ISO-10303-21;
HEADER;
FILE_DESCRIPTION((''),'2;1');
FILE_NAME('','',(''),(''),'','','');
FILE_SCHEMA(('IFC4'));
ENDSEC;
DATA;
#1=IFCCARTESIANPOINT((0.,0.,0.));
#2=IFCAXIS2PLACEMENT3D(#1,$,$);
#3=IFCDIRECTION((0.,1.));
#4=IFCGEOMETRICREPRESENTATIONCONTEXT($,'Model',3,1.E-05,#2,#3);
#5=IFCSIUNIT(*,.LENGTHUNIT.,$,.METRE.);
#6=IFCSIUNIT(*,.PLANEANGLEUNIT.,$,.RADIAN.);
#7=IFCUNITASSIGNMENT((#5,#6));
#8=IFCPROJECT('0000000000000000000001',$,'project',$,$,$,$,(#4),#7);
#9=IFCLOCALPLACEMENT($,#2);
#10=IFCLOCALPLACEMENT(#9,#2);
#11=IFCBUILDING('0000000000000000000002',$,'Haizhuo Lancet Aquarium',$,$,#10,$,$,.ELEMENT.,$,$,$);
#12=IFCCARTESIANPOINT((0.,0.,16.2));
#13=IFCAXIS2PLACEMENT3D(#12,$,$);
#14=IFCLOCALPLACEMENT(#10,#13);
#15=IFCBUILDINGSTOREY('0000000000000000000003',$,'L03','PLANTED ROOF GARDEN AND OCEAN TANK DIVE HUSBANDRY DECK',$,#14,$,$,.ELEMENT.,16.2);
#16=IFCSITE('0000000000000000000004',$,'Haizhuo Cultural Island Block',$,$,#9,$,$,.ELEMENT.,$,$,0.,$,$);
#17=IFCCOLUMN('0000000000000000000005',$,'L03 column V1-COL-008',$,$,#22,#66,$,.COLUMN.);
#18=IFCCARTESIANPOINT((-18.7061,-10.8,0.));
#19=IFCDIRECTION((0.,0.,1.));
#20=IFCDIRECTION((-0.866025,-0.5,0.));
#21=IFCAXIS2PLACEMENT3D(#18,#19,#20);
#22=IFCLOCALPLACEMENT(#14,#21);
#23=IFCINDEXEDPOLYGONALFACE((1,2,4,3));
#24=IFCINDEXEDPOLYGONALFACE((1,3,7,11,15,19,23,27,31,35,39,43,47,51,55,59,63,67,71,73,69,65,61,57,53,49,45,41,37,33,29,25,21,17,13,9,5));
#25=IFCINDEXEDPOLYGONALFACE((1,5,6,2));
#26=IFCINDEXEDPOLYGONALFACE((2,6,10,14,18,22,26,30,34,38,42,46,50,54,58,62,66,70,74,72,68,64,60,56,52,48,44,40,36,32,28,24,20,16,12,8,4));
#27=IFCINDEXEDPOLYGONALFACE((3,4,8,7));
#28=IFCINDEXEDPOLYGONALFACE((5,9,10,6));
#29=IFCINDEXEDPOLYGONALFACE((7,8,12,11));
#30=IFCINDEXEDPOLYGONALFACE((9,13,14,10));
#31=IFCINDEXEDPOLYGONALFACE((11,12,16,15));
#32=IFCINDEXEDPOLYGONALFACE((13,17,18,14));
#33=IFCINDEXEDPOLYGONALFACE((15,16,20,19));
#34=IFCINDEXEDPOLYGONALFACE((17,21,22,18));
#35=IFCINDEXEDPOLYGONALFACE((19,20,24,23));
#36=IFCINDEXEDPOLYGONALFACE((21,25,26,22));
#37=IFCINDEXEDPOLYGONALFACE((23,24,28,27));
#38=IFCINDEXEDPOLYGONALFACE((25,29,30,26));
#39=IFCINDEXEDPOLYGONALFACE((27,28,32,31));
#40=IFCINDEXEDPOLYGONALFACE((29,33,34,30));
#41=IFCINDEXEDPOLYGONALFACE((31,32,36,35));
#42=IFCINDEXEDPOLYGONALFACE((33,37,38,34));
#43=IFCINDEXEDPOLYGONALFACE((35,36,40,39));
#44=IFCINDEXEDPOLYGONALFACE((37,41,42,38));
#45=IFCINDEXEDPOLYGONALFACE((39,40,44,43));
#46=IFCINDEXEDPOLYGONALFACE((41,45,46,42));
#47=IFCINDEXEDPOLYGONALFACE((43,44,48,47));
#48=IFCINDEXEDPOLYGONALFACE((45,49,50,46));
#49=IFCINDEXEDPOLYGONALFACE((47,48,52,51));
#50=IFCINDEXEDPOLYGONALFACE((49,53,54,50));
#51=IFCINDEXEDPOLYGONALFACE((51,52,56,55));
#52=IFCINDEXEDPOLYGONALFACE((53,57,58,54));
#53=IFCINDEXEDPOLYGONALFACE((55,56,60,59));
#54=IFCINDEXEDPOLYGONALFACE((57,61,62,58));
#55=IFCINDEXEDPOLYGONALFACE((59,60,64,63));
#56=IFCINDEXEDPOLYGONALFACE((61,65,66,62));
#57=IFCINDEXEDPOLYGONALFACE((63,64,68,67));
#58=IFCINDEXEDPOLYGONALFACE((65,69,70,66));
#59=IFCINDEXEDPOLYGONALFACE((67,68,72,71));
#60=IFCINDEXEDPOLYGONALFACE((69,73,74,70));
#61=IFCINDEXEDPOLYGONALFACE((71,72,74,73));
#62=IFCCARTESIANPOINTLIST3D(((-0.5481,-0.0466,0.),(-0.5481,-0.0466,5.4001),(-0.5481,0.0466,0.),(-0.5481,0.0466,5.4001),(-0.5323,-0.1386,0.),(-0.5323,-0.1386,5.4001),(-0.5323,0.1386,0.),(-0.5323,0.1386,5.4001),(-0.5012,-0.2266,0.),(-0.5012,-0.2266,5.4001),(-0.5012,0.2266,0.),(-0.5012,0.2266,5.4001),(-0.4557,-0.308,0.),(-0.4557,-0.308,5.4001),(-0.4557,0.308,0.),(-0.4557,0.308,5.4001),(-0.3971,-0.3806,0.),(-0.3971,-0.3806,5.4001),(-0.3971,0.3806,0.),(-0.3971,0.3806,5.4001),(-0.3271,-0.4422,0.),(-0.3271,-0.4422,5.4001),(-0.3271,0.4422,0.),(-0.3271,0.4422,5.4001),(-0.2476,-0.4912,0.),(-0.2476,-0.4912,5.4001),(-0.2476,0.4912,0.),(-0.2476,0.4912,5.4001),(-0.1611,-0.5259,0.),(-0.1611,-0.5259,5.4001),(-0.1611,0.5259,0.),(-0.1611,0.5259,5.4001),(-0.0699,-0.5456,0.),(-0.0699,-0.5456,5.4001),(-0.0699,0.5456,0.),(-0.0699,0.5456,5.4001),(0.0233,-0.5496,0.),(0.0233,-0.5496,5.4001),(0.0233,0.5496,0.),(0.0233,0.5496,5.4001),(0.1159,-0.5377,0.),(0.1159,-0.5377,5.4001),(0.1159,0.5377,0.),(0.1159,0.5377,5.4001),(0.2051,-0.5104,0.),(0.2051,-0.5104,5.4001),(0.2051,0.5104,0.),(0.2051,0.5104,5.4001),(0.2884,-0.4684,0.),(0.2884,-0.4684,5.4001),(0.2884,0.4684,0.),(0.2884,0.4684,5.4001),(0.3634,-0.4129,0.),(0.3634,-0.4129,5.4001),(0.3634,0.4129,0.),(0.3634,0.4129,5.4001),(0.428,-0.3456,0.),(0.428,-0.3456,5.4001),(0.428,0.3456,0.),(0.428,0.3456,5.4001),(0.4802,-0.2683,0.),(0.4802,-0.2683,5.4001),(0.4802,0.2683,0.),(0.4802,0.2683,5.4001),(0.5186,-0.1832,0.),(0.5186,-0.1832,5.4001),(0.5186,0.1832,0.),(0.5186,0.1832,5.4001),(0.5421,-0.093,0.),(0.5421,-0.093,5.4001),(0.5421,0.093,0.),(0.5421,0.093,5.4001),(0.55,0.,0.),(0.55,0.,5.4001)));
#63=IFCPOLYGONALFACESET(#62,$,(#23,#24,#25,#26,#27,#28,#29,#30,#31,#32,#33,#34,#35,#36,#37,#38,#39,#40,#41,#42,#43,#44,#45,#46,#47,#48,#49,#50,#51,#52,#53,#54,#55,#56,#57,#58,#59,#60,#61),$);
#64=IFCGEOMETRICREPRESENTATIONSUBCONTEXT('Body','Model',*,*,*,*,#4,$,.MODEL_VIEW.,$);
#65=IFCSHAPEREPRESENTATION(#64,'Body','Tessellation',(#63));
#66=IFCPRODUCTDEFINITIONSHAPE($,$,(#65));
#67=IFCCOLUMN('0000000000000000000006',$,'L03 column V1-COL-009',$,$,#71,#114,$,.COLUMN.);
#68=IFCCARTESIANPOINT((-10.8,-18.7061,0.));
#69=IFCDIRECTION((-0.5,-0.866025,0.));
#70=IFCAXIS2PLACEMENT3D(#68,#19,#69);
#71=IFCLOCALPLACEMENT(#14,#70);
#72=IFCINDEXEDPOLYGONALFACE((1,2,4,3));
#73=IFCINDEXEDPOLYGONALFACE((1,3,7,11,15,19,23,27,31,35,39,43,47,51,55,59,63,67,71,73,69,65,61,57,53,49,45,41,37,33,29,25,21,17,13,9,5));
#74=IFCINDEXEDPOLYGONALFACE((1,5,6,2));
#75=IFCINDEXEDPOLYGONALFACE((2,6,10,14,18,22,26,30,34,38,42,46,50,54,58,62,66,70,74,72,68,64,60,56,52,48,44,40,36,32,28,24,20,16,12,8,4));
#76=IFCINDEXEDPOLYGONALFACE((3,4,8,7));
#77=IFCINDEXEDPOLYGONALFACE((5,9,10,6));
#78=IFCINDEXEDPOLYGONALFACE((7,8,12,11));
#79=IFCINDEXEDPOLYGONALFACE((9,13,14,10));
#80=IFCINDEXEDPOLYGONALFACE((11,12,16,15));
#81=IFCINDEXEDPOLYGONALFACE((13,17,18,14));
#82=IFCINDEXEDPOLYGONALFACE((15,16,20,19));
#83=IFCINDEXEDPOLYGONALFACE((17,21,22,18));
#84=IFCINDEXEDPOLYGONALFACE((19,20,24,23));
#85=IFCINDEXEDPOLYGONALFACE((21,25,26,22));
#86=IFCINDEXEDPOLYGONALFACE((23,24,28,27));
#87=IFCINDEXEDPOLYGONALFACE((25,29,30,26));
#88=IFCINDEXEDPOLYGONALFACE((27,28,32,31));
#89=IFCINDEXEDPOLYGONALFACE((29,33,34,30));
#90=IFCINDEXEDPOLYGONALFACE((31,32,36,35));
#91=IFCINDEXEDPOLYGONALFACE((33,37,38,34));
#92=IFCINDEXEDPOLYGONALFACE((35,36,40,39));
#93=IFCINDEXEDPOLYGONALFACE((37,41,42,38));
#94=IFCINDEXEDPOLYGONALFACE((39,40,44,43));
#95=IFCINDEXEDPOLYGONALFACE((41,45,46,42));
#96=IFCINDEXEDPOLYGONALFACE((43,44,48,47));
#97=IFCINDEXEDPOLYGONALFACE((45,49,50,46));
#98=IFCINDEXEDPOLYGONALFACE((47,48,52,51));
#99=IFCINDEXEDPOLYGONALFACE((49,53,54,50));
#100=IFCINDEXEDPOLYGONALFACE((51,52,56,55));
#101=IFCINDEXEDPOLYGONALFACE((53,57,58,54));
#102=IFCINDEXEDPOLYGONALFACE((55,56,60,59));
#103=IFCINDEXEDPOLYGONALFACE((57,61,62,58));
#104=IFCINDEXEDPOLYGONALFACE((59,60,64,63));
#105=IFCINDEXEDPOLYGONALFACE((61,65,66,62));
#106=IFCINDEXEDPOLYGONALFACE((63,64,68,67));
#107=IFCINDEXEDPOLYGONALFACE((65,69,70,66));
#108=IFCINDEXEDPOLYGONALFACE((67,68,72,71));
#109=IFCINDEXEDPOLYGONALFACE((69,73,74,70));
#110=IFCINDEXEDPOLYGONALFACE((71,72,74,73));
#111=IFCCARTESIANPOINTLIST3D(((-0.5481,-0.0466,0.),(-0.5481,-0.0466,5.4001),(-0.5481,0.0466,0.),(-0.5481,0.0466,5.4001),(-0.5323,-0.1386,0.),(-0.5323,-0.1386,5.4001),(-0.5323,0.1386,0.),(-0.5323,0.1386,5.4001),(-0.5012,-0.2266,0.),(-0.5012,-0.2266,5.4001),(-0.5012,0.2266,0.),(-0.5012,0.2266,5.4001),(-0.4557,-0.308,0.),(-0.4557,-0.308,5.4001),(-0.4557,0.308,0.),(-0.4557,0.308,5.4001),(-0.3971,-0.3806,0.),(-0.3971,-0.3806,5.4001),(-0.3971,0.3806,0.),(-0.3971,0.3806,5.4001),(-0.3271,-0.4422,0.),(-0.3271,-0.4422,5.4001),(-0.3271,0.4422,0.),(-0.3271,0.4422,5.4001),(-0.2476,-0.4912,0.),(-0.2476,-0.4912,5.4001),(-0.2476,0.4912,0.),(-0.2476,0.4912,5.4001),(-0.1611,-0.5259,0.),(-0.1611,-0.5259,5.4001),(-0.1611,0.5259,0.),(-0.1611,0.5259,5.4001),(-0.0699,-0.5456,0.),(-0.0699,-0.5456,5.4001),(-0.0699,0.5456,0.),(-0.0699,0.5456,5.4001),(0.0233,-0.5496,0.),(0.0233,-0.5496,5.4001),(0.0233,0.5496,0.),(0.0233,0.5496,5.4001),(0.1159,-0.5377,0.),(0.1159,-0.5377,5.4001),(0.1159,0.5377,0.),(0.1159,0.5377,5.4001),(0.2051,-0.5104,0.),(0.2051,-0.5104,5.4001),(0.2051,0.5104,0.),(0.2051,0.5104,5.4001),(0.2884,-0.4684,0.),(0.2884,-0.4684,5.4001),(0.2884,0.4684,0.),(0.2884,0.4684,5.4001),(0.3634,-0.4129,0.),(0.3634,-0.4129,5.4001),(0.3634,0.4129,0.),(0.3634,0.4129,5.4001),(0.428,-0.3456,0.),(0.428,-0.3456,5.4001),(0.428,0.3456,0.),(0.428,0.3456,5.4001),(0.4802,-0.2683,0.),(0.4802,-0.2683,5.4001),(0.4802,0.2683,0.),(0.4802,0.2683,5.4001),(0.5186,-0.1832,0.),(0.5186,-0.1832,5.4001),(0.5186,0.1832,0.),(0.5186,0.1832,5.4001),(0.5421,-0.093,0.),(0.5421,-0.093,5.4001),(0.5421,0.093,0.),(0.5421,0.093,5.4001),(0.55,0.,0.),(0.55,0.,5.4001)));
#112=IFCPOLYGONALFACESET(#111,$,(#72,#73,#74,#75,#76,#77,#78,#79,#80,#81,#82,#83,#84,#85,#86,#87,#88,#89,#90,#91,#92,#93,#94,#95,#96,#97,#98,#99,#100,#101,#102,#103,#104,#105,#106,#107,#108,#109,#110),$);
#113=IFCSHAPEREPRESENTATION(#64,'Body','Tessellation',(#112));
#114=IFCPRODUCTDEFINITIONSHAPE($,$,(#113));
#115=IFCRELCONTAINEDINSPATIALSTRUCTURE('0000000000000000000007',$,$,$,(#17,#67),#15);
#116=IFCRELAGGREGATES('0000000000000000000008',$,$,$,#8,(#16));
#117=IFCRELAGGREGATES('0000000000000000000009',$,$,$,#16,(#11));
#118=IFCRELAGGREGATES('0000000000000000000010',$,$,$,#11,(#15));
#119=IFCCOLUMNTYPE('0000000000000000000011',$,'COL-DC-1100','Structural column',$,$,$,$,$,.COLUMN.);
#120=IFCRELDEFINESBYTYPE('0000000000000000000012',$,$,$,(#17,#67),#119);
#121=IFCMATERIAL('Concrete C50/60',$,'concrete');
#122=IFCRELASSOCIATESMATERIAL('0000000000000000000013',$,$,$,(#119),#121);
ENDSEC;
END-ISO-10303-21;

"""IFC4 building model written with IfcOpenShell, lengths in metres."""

from ifc_helpers import new_model, si_unit, direction, frame, origin, origin_2d, place, context, subcontext, project, spatial, circle, extrude, material, material_profile, profile_set, type_object, element, save


model = new_model("IFC4")

# Units and contexts
model_context = context("Model", 3, precision=1e-05, world=origin(), true_north=direction((0.0, 1.0)))
body_context = subcontext(model_context, "Body", "Model", "MODEL_VIEW")
ifc_project = project(units=[si_unit("LENGTHUNIT", "METRE"), si_unit("PLANEANGLEUNIT", "RADIAN")], contexts=[model_context])

# Site, building, storey
site_placement = place(None, origin())
site = spatial("IfcSite", under=ifc_project, at=site_placement, Name="Haizhuo Cultural Island Block", CompositionType="ELEMENT", RefElevation=0.0)
building_placement = place(site_placement, origin())
building = spatial("IfcBuilding", under=site, at=building_placement, Name="Haizhuo Lancet Aquarium", CompositionType="ELEMENT")
storey_placement = place(building_placement, frame((0.0, 0.0, 16.2)))
storey = spatial("IfcBuildingStorey", under=building, at=storey_placement, Name="L03", Description="PLANTED ROOF GARDEN AND OCEAN TANK DIVE HUSBANDRY DECK", CompositionType="ELEMENT", Elevation=16.2)

# Columns
ifc_material_1 = material(Name="Concrete C50/60", Category="concrete")
ifc_material_profile_1 = material_profile(ifc_material_1, circle(Radius=0.55, at=origin_2d()), Name="RC-DC 1100")
ifc_profile_set_1 = profile_set([ifc_material_profile_1], Name="Concrete C50/60")
column_type = type_object("IfcColumnType", Name="COL-DC-1100", Description="Structural column", PredefinedType="COLUMN", material=ifc_profile_set_1)
for number, where, z_axis, x_axis, name in (
    (1, (-18.7061, -10.8, 0.0), (0.0, 0.0, 1.0), (-0.866025, -0.5, 0.0), "L03 column V1-COL-008"),
    (2, (-10.8, -18.7061, 0.0), (0.0, 0.0, 1.0), (-0.5, -0.866025, 0.0), "L03 column V1-COL-009"),
):
    element("IfcColumn", number, at=place(storey_placement, frame(where, z_axis=z_axis, x_axis=x_axis)), inside=storey, type_object=column_type, Name=name, PredefinedType="COLUMN", context=body_context, shape_type="SweptSolid", body=[
        extrude(circle(Radius=0.55, at=origin_2d()), origin(), (0.0, 0.0, 1.0), 5.4001),
    ])

save(model, "model.ifc")
